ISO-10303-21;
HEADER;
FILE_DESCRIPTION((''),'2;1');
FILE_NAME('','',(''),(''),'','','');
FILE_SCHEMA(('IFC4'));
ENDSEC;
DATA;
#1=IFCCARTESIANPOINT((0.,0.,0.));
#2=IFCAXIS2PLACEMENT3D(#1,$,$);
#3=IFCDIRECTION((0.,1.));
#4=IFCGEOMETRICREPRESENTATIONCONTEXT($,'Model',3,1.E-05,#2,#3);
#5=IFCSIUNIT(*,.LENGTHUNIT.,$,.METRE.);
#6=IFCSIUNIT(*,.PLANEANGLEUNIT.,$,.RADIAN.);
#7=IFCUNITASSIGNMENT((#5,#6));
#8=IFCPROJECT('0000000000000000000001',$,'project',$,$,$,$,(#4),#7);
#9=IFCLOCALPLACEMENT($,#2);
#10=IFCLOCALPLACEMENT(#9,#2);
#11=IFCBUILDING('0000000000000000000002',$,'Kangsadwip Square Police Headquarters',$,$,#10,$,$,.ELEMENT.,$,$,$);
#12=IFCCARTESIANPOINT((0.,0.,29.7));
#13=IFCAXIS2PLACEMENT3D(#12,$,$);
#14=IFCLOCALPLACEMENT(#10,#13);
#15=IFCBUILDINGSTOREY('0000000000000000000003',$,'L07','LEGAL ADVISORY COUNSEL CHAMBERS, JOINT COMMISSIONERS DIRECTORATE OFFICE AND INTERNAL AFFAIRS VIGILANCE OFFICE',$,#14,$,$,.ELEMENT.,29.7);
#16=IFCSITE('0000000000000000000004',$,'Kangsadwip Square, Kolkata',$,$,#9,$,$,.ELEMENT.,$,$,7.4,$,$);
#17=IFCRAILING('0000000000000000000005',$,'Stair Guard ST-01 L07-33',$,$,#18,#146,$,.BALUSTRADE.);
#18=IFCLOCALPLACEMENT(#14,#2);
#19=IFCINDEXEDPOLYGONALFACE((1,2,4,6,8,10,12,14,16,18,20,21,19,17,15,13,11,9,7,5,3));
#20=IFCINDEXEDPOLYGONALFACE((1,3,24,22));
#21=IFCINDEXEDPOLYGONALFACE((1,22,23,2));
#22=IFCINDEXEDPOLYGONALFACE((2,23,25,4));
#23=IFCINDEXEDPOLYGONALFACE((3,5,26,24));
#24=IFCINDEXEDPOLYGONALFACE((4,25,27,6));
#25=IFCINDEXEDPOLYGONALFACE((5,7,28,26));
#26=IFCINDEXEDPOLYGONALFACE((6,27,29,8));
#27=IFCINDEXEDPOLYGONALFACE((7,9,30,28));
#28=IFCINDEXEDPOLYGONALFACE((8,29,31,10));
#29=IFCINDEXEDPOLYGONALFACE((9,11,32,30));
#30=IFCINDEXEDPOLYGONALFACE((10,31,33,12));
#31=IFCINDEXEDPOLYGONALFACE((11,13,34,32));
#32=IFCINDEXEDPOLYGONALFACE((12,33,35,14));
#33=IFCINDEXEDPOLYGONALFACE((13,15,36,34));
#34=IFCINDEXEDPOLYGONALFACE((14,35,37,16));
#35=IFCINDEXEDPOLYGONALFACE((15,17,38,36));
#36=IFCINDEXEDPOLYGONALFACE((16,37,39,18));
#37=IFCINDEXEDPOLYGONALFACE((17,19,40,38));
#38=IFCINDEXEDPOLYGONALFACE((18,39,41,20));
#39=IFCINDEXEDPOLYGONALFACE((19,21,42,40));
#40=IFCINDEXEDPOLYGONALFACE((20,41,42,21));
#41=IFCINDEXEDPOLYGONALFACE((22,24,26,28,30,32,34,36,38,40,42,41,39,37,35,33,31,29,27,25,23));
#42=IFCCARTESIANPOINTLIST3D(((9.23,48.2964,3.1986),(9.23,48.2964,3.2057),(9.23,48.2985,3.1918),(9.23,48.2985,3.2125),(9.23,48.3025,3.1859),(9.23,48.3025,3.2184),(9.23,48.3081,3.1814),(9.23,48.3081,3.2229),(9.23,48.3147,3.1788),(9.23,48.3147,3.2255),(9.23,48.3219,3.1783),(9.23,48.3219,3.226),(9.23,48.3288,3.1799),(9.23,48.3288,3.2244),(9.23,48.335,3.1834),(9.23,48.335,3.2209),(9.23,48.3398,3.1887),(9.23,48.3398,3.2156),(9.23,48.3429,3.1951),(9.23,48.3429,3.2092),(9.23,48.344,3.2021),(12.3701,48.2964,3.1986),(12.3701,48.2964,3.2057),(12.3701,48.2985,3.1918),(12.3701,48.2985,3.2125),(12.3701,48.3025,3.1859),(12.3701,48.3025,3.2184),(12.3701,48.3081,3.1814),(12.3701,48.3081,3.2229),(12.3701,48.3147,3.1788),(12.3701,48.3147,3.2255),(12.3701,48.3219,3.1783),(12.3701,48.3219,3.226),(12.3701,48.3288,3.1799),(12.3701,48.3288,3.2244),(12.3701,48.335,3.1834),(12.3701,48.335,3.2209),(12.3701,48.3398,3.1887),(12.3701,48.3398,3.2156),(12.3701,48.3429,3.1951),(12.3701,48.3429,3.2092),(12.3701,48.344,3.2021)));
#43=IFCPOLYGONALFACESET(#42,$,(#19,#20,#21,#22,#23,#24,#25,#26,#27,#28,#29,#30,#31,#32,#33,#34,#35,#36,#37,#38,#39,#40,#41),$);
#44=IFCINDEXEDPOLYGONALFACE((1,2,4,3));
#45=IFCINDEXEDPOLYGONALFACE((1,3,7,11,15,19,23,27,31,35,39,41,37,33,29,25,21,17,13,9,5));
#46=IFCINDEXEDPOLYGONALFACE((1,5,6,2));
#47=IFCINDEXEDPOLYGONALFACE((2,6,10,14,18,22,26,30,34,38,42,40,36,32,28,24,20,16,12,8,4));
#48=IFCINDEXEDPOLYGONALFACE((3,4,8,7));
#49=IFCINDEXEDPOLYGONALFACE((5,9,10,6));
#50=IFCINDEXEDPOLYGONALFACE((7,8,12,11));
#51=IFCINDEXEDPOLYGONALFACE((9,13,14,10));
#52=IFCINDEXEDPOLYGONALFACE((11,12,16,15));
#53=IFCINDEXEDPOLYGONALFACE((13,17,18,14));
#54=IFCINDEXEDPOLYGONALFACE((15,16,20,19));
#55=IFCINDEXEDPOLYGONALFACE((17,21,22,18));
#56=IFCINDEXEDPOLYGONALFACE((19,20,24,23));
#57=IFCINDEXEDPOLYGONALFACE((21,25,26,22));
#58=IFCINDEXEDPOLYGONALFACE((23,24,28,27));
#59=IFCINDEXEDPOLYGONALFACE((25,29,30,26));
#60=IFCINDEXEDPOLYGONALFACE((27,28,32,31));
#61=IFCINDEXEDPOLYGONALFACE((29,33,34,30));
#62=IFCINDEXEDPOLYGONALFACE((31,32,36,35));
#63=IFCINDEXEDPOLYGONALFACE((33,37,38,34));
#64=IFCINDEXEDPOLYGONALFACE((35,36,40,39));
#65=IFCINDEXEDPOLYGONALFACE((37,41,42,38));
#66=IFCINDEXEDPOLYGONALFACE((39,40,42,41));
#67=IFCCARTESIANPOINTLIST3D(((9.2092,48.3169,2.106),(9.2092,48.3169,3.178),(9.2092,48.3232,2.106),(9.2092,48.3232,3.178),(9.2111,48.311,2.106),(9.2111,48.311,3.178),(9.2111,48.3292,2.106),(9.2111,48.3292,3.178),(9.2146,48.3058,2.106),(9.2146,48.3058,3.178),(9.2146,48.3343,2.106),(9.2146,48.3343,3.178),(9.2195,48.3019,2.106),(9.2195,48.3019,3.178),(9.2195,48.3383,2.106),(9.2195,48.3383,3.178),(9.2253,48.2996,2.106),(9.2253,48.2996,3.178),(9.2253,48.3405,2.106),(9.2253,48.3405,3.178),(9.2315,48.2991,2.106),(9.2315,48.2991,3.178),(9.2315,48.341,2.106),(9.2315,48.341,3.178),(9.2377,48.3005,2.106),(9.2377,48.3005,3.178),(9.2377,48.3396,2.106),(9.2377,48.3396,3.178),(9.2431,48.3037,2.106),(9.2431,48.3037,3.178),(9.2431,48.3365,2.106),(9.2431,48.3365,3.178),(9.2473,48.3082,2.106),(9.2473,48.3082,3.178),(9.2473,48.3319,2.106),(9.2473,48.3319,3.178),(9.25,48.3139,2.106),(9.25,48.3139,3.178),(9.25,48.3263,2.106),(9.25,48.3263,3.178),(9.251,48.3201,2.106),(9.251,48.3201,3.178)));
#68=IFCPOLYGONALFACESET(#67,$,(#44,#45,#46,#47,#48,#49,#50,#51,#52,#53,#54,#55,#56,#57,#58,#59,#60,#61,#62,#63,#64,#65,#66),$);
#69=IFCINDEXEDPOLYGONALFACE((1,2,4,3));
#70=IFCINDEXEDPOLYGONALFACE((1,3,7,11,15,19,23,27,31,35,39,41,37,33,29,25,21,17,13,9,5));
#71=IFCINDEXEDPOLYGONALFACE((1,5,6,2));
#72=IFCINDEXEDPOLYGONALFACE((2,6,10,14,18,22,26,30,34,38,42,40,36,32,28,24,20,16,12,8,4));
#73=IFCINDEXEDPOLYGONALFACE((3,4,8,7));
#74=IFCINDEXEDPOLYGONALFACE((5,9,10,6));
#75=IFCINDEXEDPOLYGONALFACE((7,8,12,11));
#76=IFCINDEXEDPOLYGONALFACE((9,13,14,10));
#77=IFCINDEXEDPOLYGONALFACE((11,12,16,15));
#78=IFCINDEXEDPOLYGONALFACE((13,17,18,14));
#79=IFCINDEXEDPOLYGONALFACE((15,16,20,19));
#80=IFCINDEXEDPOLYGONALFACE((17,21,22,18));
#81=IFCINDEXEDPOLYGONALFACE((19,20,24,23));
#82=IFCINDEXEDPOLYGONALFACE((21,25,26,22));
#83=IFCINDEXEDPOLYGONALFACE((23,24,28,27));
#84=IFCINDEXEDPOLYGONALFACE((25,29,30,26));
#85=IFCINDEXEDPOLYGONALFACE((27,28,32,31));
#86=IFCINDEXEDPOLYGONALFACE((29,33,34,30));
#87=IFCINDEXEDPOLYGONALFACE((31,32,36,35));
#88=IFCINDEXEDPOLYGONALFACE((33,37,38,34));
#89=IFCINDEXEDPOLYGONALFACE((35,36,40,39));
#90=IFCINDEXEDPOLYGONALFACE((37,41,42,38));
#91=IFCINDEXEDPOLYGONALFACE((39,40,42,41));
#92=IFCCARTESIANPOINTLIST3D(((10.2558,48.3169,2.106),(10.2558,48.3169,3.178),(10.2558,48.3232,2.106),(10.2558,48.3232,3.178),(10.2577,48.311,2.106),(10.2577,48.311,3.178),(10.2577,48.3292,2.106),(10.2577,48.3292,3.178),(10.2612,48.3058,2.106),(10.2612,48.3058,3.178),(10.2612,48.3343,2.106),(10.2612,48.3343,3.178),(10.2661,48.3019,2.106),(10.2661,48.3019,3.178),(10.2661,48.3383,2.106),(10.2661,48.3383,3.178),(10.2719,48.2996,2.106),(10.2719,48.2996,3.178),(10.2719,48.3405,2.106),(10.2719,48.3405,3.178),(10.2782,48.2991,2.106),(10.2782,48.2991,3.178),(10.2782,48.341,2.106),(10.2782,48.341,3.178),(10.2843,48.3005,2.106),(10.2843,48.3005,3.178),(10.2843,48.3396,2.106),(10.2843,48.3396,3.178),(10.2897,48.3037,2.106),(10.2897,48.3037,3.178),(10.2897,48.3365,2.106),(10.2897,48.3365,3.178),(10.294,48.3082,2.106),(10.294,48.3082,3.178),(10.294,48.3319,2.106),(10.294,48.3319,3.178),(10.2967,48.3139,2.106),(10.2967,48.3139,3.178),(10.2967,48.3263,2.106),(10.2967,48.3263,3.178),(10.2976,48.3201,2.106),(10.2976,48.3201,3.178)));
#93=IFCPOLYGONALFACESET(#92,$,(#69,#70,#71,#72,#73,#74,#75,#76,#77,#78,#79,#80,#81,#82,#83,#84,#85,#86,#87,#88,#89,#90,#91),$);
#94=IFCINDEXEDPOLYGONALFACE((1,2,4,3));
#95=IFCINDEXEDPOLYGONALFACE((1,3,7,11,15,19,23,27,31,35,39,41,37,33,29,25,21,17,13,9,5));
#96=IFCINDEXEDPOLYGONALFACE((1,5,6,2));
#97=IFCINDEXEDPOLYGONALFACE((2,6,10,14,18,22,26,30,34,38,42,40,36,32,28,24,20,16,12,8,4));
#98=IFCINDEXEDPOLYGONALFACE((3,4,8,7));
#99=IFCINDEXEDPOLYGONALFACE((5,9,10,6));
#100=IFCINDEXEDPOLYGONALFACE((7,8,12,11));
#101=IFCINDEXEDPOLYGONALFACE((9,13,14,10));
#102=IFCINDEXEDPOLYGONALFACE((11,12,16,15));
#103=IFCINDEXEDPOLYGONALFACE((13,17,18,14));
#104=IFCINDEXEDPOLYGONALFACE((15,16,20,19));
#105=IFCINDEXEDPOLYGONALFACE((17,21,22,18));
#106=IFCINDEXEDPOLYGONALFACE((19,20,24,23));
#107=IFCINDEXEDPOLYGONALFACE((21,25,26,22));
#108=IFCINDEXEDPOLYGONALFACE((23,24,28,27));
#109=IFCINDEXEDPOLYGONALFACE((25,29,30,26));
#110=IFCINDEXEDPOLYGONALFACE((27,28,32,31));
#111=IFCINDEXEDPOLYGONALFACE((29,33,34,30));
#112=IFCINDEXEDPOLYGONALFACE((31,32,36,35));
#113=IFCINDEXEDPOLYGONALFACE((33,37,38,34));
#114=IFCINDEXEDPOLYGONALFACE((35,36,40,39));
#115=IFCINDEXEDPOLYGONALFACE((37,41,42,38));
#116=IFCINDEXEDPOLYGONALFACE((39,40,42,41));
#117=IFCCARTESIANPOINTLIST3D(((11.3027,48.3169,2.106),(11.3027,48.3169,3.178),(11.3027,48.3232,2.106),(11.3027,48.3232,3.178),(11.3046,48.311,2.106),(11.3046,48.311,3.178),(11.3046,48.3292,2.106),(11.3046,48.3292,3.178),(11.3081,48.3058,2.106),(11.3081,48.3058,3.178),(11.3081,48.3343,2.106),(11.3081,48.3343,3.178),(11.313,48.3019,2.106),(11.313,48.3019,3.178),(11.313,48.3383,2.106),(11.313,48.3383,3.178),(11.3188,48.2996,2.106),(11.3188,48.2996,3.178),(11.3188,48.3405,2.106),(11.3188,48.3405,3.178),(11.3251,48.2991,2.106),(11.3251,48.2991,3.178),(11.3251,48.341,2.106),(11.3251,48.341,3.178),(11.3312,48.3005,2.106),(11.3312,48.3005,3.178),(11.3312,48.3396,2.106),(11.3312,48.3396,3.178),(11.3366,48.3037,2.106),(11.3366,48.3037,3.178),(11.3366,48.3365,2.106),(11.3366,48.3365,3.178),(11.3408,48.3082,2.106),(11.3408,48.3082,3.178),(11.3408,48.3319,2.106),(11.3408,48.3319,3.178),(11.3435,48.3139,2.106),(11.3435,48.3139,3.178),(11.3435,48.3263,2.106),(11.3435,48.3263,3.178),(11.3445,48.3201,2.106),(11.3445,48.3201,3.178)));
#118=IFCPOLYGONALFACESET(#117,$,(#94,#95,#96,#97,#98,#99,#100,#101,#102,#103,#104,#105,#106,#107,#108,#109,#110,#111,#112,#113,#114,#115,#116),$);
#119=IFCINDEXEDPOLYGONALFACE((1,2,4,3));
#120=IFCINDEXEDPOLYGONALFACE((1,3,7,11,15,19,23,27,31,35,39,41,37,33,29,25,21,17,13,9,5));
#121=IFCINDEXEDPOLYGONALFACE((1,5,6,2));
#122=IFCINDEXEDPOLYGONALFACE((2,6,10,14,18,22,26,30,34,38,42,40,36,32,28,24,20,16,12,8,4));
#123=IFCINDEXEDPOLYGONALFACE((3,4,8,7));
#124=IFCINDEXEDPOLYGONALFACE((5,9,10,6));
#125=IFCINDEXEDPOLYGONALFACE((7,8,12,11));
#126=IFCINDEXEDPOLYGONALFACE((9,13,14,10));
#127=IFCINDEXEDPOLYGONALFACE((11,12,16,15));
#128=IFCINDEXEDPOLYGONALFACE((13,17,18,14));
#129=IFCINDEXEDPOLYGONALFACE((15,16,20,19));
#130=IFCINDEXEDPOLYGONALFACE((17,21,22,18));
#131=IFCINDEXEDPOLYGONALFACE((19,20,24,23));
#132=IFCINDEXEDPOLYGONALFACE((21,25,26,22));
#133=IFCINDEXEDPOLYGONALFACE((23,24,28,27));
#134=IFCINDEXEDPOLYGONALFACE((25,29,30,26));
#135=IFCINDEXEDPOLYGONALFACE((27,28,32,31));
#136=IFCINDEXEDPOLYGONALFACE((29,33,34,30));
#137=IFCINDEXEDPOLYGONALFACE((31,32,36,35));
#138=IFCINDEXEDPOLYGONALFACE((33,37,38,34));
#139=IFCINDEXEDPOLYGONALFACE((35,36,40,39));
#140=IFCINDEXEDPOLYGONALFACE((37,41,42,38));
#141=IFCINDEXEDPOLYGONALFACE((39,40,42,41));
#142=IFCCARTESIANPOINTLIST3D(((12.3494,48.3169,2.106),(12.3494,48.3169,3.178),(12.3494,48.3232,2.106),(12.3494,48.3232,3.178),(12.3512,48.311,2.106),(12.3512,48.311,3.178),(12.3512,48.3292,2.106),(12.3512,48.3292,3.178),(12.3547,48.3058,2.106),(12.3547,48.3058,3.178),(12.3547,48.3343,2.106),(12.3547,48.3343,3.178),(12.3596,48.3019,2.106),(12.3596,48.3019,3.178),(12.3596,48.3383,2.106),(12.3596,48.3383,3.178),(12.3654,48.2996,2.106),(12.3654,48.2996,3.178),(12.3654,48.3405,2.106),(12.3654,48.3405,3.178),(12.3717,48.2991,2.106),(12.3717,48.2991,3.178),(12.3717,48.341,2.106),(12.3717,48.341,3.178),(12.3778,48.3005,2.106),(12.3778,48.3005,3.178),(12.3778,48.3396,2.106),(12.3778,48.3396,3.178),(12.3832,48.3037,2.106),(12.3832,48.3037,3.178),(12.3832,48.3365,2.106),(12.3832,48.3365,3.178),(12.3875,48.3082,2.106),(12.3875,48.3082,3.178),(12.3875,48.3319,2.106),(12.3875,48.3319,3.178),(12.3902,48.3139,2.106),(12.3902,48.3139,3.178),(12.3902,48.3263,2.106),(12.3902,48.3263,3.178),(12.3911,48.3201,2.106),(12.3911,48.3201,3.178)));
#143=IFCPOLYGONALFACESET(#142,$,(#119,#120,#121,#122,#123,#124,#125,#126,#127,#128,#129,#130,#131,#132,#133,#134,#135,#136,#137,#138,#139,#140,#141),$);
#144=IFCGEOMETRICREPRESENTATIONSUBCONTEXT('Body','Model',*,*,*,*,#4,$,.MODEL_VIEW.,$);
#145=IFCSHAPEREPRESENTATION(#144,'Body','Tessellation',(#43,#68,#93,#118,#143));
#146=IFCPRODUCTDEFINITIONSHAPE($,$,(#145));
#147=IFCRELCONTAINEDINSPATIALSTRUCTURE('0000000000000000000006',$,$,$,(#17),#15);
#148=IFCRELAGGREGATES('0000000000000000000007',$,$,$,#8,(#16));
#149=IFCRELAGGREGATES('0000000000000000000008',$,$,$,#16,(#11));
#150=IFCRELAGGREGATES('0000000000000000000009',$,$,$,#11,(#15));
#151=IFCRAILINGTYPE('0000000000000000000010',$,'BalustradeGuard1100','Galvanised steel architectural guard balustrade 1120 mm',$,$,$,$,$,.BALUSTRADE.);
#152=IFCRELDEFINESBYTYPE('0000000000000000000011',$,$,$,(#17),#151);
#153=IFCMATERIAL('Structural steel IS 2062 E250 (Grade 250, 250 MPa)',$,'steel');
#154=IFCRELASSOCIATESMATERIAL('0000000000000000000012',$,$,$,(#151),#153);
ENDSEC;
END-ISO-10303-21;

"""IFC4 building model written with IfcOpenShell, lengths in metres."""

from ifc_helpers import new_model, si_unit, direction, frame, origin, origin_2d, place, context, subcontext, project, spatial, circle, extrude, material, type_object, element, save


model = new_model("IFC4")

# Units and contexts
model_context = context("Model", 3, precision=1e-05, world=origin(), true_north=direction((0.0, 1.0)))
body_context = subcontext(model_context, "Body", "Model", "MODEL_VIEW")
ifc_project = project(units=[si_unit("LENGTHUNIT", "METRE"), si_unit("PLANEANGLEUNIT", "RADIAN")], contexts=[model_context])

# Site, building, storey
site_placement = place(None, origin())
site = spatial("IfcSite", under=ifc_project, at=site_placement, Name="Kangsadwip Square, Kolkata", CompositionType="ELEMENT", RefElevation=7.4)
building_placement = place(site_placement, origin())
building = spatial("IfcBuilding", under=site, at=building_placement, Name="Kangsadwip Square Police Headquarters", CompositionType="ELEMENT")
storey_placement = place(building_placement, frame((0.0, 0.0, 29.7)))
storey = spatial("IfcBuildingStorey", under=building, at=storey_placement, Name="L07", Description="LEGAL ADVISORY COUNSEL CHAMBERS, JOINT COMMISSIONERS DIRECTORATE OFFICE AND INTERNAL AFFAIRS VIGILANCE OFFICE", CompositionType="ELEMENT", Elevation=29.7)

# Railing
ifc_material_1 = material(Name="Structural steel IS 2062 E250 (Grade 250, 250 MPa)", Category="steel")
railing_type_1 = type_object("IfcRailingType", Name="BalustradeGuard1100", Description="Galvanised steel architectural guard balustrade 1120 mm", PredefinedType="BALUSTRADE", material=ifc_material_1)
for number, where, name in (
    (1, (9.23, 48.3201, 2.106), "Stair Guard ST-01 L07-33"),
):
    element("IfcRailing", number, at=place(storey_placement, frame(where)), inside=storey, type_object=railing_type_1, Name=name, PredefinedType="BALUSTRADE", context=body_context, shape_type="SweptSolid", body=[
        extrude(circle(Radius=0.0239, at=origin_2d()), frame((0.0, 0.0, 1.0962), z_axis=(1.0, 0.0, 0.0), x_axis=(0.0, 1.0, 0.0)), (0.0, 0.0, 1.0), 3.1401),
        extrude(circle(Radius=0.021, at=origin_2d()), origin(), (0.0, 0.0, 1.0), 1.072),
        extrude(circle(Radius=0.021, at=origin_2d()), frame((1.0466, 0.0, 0.0)), (0.0, 0.0, 1.0), 1.072),
        extrude(circle(Radius=0.021, at=origin_2d()), frame((2.0935, 0.0, 0.0)), (0.0, 0.0, 1.0), 1.072),
        extrude(circle(Radius=0.021, at=origin_2d()), frame((3.1401, 0.0, 0.0)), (0.0, 0.0, 1.0), 1.072),
    ])

save(model, "model.ifc")
